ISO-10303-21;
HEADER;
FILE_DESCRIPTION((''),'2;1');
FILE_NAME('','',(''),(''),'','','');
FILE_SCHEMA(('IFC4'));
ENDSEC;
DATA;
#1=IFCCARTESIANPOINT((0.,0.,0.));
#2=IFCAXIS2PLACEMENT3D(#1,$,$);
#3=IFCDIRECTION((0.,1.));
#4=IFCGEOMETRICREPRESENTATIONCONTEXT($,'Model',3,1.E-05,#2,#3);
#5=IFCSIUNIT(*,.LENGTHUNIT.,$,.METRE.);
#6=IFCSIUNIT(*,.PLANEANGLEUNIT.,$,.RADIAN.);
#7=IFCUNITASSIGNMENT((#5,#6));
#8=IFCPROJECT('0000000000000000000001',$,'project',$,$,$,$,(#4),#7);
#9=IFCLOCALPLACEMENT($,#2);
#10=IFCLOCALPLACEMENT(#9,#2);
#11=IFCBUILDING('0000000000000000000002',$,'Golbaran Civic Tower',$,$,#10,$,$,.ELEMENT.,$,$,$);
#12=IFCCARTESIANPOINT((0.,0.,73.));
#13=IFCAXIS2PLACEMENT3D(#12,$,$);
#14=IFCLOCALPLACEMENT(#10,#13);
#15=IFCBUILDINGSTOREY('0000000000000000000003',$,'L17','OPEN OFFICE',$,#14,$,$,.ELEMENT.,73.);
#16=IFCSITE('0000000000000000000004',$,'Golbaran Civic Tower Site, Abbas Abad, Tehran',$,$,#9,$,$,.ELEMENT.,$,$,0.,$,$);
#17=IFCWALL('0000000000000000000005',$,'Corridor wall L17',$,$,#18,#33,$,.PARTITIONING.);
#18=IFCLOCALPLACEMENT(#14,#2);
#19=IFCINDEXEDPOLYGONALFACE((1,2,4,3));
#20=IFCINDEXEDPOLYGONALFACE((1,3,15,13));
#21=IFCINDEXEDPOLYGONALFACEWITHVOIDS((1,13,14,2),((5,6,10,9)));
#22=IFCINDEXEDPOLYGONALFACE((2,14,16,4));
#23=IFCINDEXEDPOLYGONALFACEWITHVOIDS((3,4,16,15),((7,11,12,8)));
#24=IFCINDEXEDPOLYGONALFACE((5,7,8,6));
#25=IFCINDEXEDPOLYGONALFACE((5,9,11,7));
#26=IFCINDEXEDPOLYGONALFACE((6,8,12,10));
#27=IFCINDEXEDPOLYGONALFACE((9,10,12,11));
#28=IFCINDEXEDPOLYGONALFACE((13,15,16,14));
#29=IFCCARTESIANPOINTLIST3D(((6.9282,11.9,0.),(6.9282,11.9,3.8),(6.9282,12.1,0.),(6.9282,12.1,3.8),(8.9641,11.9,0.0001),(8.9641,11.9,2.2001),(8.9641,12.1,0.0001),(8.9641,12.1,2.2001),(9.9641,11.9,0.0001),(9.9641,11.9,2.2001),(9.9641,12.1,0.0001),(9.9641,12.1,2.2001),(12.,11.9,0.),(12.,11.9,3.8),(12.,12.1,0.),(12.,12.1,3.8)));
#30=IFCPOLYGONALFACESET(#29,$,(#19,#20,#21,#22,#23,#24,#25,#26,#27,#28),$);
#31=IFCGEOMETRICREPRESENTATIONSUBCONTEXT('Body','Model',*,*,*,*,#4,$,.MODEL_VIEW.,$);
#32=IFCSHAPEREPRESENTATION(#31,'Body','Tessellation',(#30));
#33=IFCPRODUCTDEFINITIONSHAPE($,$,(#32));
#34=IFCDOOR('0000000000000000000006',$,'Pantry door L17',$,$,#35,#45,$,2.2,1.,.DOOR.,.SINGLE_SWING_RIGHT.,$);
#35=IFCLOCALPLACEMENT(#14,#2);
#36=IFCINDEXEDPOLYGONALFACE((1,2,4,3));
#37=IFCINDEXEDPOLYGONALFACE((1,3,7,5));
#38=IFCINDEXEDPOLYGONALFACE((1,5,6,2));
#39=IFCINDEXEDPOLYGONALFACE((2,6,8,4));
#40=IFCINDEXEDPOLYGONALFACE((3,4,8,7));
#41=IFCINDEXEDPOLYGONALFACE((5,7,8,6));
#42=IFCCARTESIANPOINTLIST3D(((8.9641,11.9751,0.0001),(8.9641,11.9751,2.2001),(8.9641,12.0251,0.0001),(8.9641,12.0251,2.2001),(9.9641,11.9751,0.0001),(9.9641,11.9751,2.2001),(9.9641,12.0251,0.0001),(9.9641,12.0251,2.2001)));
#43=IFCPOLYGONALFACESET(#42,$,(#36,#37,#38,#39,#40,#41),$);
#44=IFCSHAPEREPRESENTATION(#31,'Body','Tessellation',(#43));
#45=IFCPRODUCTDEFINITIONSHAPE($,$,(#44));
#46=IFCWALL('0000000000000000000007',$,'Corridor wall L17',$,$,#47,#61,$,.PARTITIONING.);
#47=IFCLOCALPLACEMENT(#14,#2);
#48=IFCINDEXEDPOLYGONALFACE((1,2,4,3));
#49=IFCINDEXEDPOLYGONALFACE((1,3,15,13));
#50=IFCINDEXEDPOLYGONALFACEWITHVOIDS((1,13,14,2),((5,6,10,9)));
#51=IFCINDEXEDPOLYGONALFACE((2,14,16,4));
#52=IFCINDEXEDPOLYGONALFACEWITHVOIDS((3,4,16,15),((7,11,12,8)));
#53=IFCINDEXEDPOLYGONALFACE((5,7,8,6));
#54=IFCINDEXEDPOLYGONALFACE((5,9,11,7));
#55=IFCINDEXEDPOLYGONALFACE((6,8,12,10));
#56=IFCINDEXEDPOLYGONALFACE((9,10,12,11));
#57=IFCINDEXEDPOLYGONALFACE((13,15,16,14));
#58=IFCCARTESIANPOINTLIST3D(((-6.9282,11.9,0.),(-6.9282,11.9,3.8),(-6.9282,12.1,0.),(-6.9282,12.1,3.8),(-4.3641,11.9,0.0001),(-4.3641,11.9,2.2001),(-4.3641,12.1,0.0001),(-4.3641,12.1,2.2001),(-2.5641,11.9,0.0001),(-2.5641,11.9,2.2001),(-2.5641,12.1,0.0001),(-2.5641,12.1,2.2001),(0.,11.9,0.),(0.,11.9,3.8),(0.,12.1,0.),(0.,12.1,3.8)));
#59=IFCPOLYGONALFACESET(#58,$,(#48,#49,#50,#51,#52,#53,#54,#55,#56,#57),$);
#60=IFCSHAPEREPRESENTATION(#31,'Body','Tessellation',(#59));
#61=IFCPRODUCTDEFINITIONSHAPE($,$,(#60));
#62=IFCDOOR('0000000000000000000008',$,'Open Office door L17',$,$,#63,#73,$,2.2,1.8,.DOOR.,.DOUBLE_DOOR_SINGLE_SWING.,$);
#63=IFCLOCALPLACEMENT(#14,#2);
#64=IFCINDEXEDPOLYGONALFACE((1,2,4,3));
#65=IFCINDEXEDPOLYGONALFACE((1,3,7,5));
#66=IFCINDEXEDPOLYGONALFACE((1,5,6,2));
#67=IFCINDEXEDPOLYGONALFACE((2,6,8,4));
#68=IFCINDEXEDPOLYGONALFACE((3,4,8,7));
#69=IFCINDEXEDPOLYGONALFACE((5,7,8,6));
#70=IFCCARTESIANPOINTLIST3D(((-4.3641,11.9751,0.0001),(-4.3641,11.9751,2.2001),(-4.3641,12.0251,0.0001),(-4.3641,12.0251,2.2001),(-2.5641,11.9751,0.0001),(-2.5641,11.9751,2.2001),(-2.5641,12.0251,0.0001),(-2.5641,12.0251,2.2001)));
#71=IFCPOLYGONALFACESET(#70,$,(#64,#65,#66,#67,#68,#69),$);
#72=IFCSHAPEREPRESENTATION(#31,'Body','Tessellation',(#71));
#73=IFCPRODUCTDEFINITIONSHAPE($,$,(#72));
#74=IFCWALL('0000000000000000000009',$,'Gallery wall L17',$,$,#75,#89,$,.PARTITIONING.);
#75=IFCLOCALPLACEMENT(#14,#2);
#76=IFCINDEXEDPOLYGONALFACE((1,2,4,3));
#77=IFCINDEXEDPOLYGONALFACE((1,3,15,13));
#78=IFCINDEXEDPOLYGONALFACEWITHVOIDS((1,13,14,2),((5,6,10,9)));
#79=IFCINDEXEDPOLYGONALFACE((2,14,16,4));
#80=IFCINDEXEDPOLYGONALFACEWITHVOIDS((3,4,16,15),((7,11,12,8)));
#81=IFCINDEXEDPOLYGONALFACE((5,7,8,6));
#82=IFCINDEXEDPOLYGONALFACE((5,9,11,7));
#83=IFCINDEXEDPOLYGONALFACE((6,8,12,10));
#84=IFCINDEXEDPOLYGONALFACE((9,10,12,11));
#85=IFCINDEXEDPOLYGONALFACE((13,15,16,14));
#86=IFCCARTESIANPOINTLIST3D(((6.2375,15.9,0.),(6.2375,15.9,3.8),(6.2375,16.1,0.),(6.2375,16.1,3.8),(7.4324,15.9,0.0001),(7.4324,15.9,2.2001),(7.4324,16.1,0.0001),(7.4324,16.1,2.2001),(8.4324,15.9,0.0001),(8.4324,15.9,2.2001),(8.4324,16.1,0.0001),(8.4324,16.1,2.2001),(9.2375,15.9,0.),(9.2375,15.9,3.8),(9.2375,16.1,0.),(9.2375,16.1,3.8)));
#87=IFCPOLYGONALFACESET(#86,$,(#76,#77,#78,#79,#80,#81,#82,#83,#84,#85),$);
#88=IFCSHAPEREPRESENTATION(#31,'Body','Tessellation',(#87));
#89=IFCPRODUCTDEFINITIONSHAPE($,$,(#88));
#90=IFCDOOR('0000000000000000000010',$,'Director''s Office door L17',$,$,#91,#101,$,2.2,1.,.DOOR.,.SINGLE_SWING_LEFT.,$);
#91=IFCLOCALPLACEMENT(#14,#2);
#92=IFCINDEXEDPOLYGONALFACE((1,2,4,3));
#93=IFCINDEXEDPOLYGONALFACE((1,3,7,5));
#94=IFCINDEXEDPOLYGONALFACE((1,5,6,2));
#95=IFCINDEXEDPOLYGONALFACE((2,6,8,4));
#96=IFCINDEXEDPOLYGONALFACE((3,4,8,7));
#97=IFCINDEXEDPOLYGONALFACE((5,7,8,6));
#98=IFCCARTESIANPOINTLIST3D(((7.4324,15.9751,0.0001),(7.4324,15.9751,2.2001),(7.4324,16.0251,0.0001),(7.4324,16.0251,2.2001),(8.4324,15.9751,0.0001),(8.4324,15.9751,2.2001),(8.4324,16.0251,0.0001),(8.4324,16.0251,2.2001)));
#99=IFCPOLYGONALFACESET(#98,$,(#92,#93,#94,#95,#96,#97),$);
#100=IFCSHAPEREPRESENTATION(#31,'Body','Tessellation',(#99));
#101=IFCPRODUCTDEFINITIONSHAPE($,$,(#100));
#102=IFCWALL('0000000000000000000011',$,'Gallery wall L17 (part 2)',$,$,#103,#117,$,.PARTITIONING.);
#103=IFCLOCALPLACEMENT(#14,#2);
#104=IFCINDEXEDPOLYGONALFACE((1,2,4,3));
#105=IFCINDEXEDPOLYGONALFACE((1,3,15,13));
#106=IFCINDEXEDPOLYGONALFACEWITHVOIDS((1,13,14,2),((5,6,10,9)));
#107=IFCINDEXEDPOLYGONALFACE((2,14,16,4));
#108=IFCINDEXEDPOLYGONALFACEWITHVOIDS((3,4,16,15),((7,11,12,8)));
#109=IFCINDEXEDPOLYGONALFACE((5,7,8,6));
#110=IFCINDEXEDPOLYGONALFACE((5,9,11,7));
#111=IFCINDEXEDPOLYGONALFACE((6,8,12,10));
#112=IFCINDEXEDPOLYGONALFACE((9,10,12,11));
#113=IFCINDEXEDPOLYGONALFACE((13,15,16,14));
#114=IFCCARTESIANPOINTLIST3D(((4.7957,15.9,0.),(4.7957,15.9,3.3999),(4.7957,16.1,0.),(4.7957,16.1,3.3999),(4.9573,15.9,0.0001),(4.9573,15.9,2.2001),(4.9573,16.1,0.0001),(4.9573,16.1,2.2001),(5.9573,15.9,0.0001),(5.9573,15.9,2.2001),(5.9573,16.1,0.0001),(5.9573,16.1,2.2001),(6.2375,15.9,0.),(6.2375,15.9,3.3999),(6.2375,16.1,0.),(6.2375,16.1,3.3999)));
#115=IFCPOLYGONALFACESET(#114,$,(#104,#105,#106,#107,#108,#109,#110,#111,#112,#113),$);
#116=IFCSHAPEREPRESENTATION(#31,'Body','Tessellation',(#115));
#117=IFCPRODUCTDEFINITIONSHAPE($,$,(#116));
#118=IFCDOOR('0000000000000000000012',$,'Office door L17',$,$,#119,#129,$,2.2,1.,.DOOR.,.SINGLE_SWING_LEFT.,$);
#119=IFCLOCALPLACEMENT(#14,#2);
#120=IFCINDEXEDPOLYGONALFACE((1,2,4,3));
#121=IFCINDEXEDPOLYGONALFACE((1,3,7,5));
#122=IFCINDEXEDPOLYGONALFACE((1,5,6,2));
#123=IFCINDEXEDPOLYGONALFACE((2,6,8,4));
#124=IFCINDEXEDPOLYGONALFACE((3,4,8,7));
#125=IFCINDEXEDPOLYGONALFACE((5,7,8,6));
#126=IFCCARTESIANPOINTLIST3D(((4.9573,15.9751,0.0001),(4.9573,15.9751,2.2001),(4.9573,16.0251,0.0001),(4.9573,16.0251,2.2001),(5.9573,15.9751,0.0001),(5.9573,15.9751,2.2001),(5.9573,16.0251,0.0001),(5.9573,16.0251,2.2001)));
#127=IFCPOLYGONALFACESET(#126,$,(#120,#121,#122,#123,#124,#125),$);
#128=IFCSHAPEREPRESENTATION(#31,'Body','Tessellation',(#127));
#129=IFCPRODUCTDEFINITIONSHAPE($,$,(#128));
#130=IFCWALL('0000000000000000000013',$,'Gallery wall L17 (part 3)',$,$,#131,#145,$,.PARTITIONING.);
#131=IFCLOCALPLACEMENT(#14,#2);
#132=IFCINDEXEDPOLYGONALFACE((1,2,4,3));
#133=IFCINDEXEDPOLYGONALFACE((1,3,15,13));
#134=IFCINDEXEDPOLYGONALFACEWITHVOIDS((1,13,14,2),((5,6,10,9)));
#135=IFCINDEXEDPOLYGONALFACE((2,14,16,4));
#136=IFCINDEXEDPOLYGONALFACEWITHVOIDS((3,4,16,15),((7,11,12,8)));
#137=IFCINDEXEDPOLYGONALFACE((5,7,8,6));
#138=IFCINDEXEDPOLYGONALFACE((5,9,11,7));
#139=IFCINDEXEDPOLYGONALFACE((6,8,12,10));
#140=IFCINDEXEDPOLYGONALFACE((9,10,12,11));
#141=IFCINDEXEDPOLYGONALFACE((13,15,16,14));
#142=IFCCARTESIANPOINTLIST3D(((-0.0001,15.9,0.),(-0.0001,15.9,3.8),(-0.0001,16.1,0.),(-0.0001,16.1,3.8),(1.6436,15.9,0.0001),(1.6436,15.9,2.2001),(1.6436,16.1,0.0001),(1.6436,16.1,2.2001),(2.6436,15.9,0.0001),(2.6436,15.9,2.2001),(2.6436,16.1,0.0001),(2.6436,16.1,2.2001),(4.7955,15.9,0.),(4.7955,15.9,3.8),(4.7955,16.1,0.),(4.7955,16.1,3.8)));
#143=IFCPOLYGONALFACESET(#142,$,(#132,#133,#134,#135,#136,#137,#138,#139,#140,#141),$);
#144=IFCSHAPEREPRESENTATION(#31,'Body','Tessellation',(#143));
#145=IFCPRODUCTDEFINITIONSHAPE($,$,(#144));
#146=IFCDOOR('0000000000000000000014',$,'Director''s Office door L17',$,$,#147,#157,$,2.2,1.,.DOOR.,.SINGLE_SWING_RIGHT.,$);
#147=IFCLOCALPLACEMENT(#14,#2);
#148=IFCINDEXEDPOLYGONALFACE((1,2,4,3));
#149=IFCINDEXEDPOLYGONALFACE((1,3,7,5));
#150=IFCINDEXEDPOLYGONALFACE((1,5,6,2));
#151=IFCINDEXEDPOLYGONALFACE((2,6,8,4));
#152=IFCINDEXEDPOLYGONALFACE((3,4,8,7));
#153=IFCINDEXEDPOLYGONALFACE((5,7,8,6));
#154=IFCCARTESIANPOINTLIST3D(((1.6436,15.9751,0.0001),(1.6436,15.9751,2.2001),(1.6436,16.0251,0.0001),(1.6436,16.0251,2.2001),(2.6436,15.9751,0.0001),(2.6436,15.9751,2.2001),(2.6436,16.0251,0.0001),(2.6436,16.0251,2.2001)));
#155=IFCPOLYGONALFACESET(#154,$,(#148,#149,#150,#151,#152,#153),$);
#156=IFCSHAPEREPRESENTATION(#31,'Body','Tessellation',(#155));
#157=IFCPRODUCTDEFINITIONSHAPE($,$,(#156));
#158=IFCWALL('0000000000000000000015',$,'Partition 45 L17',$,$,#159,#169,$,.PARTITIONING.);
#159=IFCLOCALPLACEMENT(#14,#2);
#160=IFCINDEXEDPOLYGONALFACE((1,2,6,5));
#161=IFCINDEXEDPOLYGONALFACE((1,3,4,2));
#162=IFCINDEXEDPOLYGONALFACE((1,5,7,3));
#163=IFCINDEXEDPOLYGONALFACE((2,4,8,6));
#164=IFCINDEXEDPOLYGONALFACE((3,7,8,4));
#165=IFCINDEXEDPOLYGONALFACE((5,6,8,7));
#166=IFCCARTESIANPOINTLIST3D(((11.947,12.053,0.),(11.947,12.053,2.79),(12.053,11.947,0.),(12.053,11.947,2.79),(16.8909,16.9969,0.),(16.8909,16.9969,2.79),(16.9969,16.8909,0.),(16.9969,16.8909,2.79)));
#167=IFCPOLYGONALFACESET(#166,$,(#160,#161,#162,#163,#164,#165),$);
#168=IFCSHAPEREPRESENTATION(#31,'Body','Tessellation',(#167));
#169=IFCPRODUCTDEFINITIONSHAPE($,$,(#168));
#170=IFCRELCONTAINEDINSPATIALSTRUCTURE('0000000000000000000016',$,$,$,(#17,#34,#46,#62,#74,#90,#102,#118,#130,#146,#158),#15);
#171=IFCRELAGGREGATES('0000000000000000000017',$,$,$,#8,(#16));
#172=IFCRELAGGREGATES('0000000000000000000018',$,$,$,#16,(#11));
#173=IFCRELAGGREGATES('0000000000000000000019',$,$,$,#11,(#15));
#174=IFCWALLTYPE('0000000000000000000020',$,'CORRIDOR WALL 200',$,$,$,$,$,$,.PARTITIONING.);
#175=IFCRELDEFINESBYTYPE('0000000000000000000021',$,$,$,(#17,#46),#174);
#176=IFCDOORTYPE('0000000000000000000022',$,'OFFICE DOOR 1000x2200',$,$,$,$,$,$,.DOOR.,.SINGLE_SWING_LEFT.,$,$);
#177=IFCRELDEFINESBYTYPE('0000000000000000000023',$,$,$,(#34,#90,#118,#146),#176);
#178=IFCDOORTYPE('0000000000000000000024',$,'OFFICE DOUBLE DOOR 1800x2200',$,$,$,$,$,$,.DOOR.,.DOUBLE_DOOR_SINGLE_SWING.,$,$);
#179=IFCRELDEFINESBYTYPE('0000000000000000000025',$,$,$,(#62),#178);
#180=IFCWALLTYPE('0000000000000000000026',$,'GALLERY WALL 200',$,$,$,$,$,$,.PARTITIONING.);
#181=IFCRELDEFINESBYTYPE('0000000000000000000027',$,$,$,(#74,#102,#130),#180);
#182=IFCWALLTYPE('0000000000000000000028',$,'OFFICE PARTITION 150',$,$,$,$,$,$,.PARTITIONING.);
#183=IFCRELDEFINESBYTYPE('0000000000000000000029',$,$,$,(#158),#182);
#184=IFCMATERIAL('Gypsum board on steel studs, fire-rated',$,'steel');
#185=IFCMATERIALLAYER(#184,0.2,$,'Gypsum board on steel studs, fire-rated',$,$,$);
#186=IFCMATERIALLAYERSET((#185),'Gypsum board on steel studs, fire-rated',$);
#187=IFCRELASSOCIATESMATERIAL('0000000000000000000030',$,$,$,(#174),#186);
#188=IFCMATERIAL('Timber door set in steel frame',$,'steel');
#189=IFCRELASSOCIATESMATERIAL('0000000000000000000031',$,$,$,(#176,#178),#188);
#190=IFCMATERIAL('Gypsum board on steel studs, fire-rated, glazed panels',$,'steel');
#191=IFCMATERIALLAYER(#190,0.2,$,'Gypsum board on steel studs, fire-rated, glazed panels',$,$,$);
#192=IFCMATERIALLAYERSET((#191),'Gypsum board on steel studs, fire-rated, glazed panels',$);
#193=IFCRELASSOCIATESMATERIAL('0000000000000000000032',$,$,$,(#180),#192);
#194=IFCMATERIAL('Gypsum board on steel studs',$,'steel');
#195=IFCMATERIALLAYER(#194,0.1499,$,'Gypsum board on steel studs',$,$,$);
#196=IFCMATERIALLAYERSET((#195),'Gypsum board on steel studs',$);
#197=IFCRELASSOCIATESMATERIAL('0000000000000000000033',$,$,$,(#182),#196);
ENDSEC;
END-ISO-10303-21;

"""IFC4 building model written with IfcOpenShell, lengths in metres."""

from ifc_helpers import new_model, si_unit, direction, frame, frame_2d, origin, place, context, subcontext, project, spatial, rectangle, extrude, material, layer, layer_set, type_object, element, fill, save


model = new_model("IFC4")

# Units and contexts
model_context = context("Model", 3, precision=1e-05, world=origin(), true_north=direction((0.0, 1.0)))
body_context = subcontext(model_context, "Body", "Model", "MODEL_VIEW")
ifc_project = project(units=[si_unit("LENGTHUNIT", "METRE"), si_unit("PLANEANGLEUNIT", "RADIAN")], contexts=[model_context])

# Site, building, storey
site_placement = place(None, origin())
site = spatial("IfcSite", under=ifc_project, at=site_placement, Name="Golbaran Civic Tower Site, Abbas Abad, Tehran", CompositionType="ELEMENT", RefElevation=0.0)
building_placement = place(site_placement, origin())
building = spatial("IfcBuilding", under=site, at=building_placement, Name="Golbaran Civic Tower", CompositionType="ELEMENT")
storey_placement = place(building_placement, frame((0.0, 0.0, 73.0)))
storey = spatial("IfcBuildingStorey", under=building, at=storey_placement, Name="L17", Description="OPEN OFFICE", CompositionType="ELEMENT", Elevation=73.0)

# Walls, openings, doors
ifc_material_1 = material(Name="Gypsum board on steel studs, fire-rated", Category="steel")
ifc_layer_1 = layer(ifc_material_1, 0.2, Name="Gypsum board on steel studs, fire-rated")
ifc_layer_set_1 = layer_set([ifc_layer_1], Name="Gypsum board on steel studs, fire-rated")
wall_type_1 = type_object("IfcWallType", Name="CORRIDOR WALL 200", PredefinedType="PARTITIONING", material=ifc_layer_set_1)
wall_1_placement = place(storey_placement, frame((12.0, 12.0, 0.0), z_axis=(0.0, 0.0, 1.0), x_axis=(-1.0, 0.0, 0.0)))
wall_1 = element("IfcWall", 1, at=wall_1_placement, inside=storey, type_object=wall_type_1, Name="Corridor wall L17", PredefinedType="PARTITIONING", context=body_context, shape_type="SweptSolid", body=[
    extrude(rectangle(XDim=5.0718, YDim=0.2, at=frame_2d((2.5359, 0.0))), origin(), (0.0, 0.0, 1.0), 3.8),
])
opening_1_placement = place(wall_1_placement, frame((2.0359, 0.0, 0.0)))
opening_1 = element("IfcOpeningElement", 2, at=opening_1_placement, cuts=wall_1, PredefinedType="OPENING", context=body_context, shape_type="SweptSolid", body=[
    extrude(rectangle(XDim=1.0, YDim=2.2, at=frame_2d((0.5, 1.1001))), frame((0.0, 0.1099, 0.0), z_axis=(0.0, -1.0, 0.0), x_axis=(1.0, 0.0, 0.0)), (0.0, 0.0, 1.0), 0.22),
])
ifc_material_2 = material(Name="Timber door set in steel frame", Category="steel")
door_type_1 = type_object("IfcDoorType", Name="OFFICE DOOR 1000x2200", OperationType="SINGLE_SWING_LEFT", PredefinedType="DOOR", material=ifc_material_2)
door_1_placement = place(opening_1_placement, origin())
door_1 = element("IfcDoor", 3, at=door_1_placement, inside=storey, type_object=door_type_1, Name="Pantry door L17", OperationType="SINGLE_SWING_RIGHT", OverallHeight=2.2, OverallWidth=1.0, PredefinedType="DOOR", context=body_context, shape_type="SweptSolid", body=[
    extrude(rectangle(XDim=1.0, YDim=2.2, at=frame_2d((0.5, 1.1001))), frame((0.0, 0.0249, 0.0), z_axis=(0.0, -1.0, 0.0), x_axis=(1.0, 0.0, 0.0)), (0.0, 0.0, 1.0), 0.05),
])
fill(opening_1, door_1)
wall_2_placement = place(storey_placement, frame((0.0, 12.0, 0.0), z_axis=(0.0, 0.0, 1.0), x_axis=(-1.0, 0.0, 0.0)))
wall_2 = element("IfcWall", 4, at=wall_2_placement, inside=storey, type_object=wall_type_1, Name="Corridor wall L17", PredefinedType="PARTITIONING", context=body_context, shape_type="SweptSolid", body=[
    extrude(rectangle(XDim=6.9282, YDim=0.2, at=frame_2d((3.4641, 0.0))), origin(), (0.0, 0.0, 1.0), 3.8),
])
opening_2_placement = place(wall_2_placement, frame((2.5642, 0.0, 0.0)))
opening_2 = element("IfcOpeningElement", 5, at=opening_2_placement, cuts=wall_2, PredefinedType="OPENING", context=body_context, shape_type="SweptSolid", body=[
    extrude(rectangle(XDim=1.8, YDim=2.2, at=frame_2d((0.8999, 1.1001))), frame((0.0, 0.1099, 0.0), z_axis=(0.0, -1.0, 0.0), x_axis=(1.0, 0.0, 0.0)), (0.0, 0.0, 1.0), 0.22),
])
door_type_2 = type_object("IfcDoorType", Name="OFFICE DOUBLE DOOR 1800x2200", OperationType="DOUBLE_DOOR_SINGLE_SWING", PredefinedType="DOOR", material=ifc_material_2)
door_2_placement = place(opening_2_placement, origin())
door_2 = element("IfcDoor", 6, at=door_2_placement, inside=storey, type_object=door_type_2, Name="Open Office door L17", OperationType="DOUBLE_DOOR_SINGLE_SWING", OverallHeight=2.2, OverallWidth=1.8, PredefinedType="DOOR", context=body_context, shape_type="SweptSolid", body=[
    extrude(rectangle(XDim=1.8, YDim=2.2, at=frame_2d((0.8999, 1.1001))), frame((0.0, 0.0249, 0.0), z_axis=(0.0, -1.0, 0.0), x_axis=(1.0, 0.0, 0.0)), (0.0, 0.0, 1.0), 0.05),
])
fill(opening_2, door_2)
ifc_material_3 = material(Name="Gypsum board on steel studs, fire-rated, glazed panels", Category="steel")
ifc_layer_2 = layer(ifc_material_3, 0.2, Name="Gypsum board on steel studs, fire-rated, glazed panels")
ifc_layer_set_2 = layer_set([ifc_layer_2], Name="Gypsum board on steel studs, fire-rated, glazed panels")
wall_type_2 = type_object("IfcWallType", Name="GALLERY WALL 200", PredefinedType="PARTITIONING", material=ifc_layer_set_2)
wall_3_placement = place(storey_placement, frame((9.2375, 16.0, 0.0), z_axis=(0.0, 0.0, 1.0), x_axis=(-1.0, 0.0, 0.0)))
wall_3 = element("IfcWall", 7, at=wall_3_placement, inside=storey, type_object=wall_type_2, Name="Gallery wall L17", PredefinedType="PARTITIONING", context=body_context, shape_type="SweptSolid", body=[
    extrude(rectangle(XDim=3.0, YDim=0.2, at=frame_2d((1.5, 0.0))), origin(), (0.0, 0.0, 1.0), 3.8),
])
opening_3_placement = place(wall_3_placement, frame((0.8052, 0.0, 0.0)))
opening_3 = element("IfcOpeningElement", 8, at=opening_3_placement, cuts=wall_3, PredefinedType="OPENING", context=body_context, shape_type="SweptSolid", body=[
    extrude(rectangle(XDim=1.0, YDim=2.2, at=frame_2d((0.5, 1.1001))), frame((0.0, 0.1099, 0.0), z_axis=(0.0, -1.0, 0.0), x_axis=(1.0, 0.0, 0.0)), (0.0, 0.0, 1.0), 0.22),
])
door_3_placement = place(opening_3_placement, origin())
door_3 = element("IfcDoor", 9, at=door_3_placement, inside=storey, type_object=door_type_1, Name="Director's Office door L17", OperationType="SINGLE_SWING_LEFT", OverallHeight=2.2, OverallWidth=1.0, PredefinedType="DOOR", context=body_context, shape_type="SweptSolid", body=[
    extrude(rectangle(XDim=1.0, YDim=2.2, at=frame_2d((0.5, 1.1001))), frame((0.0, 0.0249, 0.0), z_axis=(0.0, -1.0, 0.0), x_axis=(1.0, 0.0, 0.0)), (0.0, 0.0, 1.0), 0.05),
])
fill(opening_3, door_3)
wall_4_placement = place(storey_placement, frame((6.2375, 16.0, 0.0), z_axis=(0.0, 0.0, 1.0), x_axis=(-1.0, 0.0, 0.0)))
wall_4 = element("IfcWall", 10, at=wall_4_placement, inside=storey, type_object=wall_type_2, Name="Gallery wall L17 (part 2)", PredefinedType="PARTITIONING", context=body_context, shape_type="SweptSolid", body=[
    extrude(rectangle(XDim=1.4419, YDim=0.2, at=frame_2d((0.7209, 0.0))), origin(), (0.0, 0.0, 1.0), 3.3999),
])
opening_4_placement = place(wall_4_placement, frame((0.2803, 0.0, 0.0)))
opening_4 = element("IfcOpeningElement", 11, at=opening_4_placement, cuts=wall_4, PredefinedType="OPENING", context=body_context, shape_type="SweptSolid", body=[
    extrude(rectangle(XDim=1.0, YDim=2.2, at=frame_2d((0.5, 1.1001))), frame((0.0, 0.1099, 0.0), z_axis=(0.0, -1.0, 0.0), x_axis=(1.0, 0.0, 0.0)), (0.0, 0.0, 1.0), 0.22),
])
door_4_placement = place(opening_4_placement, origin())
door_4 = element("IfcDoor", 12, at=door_4_placement, inside=storey, type_object=door_type_1, Name="Office door L17", OperationType="SINGLE_SWING_LEFT", OverallHeight=2.2, OverallWidth=1.0, PredefinedType="DOOR", context=body_context, shape_type="SweptSolid", body=[
    extrude(rectangle(XDim=1.0, YDim=2.2, at=frame_2d((0.5, 1.1001))), frame((0.0, 0.0249, 0.0), z_axis=(0.0, -1.0, 0.0), x_axis=(1.0, 0.0, 0.0)), (0.0, 0.0, 1.0), 0.05),
])
fill(opening_4, door_4)
wall_5_placement = place(storey_placement, frame((4.7957, 16.0, 0.0), z_axis=(0.0, 0.0, 1.0), x_axis=(-1.0, 0.0, 0.0)))
wall_5 = element("IfcWall", 13, at=wall_5_placement, inside=storey, type_object=wall_type_2, Name="Gallery wall L17 (part 3)", PredefinedType="PARTITIONING", context=body_context, shape_type="SweptSolid", body=[
    extrude(rectangle(XDim=4.7957, YDim=0.2, at=frame_2d((2.3979, 0.0))), origin(), (0.0, 0.0, 1.0), 3.8),
])
opening_5_placement = place(wall_5_placement, frame((2.1521, 0.0, 0.0)))
opening_5 = element("IfcOpeningElement", 14, at=opening_5_placement, cuts=wall_5, PredefinedType="OPENING", context=body_context, shape_type="SweptSolid", body=[
    extrude(rectangle(XDim=1.0, YDim=2.2, at=frame_2d((0.5, 1.1001))), frame((0.0, 0.1099, 0.0), z_axis=(0.0, -1.0, 0.0), x_axis=(1.0, 0.0, 0.0)), (0.0, 0.0, 1.0), 0.22),
])
door_5_placement = place(opening_5_placement, origin())
door_5 = element("IfcDoor", 15, at=door_5_placement, inside=storey, type_object=door_type_1, Name="Director's Office door L17", OperationType="SINGLE_SWING_RIGHT", OverallHeight=2.2, OverallWidth=1.0, PredefinedType="DOOR", context=body_context, shape_type="SweptSolid", body=[
    extrude(rectangle(XDim=1.0, YDim=2.2, at=frame_2d((0.5, 1.1001))), frame((0.0, 0.0249, 0.0), z_axis=(0.0, -1.0, 0.0), x_axis=(1.0, 0.0, 0.0)), (0.0, 0.0, 1.0), 0.05),
])
fill(opening_5, door_5)

# Wall
ifc_material_4 = material(Name="Gypsum board on steel studs", Category="steel")
ifc_layer_3 = layer(ifc_material_4, 0.1499, Name="Gypsum board on steel studs")
ifc_layer_set_3 = layer_set([ifc_layer_3], Name="Gypsum board on steel studs")
wall_type_3 = type_object("IfcWallType", Name="OFFICE PARTITION 150", PredefinedType="PARTITIONING", material=ifc_layer_set_3)
wall_6_placement = place(storey_placement, frame((12.0, 12.0, 0.0), z_axis=(0.0, 0.0, 1.0), x_axis=(0.707107, 0.707107, 0.0)))
element("IfcWall", 16, at=wall_6_placement, inside=storey, type_object=wall_type_3, Name="Partition 45 L17", PredefinedType="PARTITIONING", context=body_context, shape_type="SweptSolid", body=[
    extrude(rectangle(XDim=6.9917, YDim=0.1499, at=frame_2d((3.4958, 0.0))), origin(), (0.0, 0.0, 1.0), 2.79),
])

save(model, "model.ifc")
